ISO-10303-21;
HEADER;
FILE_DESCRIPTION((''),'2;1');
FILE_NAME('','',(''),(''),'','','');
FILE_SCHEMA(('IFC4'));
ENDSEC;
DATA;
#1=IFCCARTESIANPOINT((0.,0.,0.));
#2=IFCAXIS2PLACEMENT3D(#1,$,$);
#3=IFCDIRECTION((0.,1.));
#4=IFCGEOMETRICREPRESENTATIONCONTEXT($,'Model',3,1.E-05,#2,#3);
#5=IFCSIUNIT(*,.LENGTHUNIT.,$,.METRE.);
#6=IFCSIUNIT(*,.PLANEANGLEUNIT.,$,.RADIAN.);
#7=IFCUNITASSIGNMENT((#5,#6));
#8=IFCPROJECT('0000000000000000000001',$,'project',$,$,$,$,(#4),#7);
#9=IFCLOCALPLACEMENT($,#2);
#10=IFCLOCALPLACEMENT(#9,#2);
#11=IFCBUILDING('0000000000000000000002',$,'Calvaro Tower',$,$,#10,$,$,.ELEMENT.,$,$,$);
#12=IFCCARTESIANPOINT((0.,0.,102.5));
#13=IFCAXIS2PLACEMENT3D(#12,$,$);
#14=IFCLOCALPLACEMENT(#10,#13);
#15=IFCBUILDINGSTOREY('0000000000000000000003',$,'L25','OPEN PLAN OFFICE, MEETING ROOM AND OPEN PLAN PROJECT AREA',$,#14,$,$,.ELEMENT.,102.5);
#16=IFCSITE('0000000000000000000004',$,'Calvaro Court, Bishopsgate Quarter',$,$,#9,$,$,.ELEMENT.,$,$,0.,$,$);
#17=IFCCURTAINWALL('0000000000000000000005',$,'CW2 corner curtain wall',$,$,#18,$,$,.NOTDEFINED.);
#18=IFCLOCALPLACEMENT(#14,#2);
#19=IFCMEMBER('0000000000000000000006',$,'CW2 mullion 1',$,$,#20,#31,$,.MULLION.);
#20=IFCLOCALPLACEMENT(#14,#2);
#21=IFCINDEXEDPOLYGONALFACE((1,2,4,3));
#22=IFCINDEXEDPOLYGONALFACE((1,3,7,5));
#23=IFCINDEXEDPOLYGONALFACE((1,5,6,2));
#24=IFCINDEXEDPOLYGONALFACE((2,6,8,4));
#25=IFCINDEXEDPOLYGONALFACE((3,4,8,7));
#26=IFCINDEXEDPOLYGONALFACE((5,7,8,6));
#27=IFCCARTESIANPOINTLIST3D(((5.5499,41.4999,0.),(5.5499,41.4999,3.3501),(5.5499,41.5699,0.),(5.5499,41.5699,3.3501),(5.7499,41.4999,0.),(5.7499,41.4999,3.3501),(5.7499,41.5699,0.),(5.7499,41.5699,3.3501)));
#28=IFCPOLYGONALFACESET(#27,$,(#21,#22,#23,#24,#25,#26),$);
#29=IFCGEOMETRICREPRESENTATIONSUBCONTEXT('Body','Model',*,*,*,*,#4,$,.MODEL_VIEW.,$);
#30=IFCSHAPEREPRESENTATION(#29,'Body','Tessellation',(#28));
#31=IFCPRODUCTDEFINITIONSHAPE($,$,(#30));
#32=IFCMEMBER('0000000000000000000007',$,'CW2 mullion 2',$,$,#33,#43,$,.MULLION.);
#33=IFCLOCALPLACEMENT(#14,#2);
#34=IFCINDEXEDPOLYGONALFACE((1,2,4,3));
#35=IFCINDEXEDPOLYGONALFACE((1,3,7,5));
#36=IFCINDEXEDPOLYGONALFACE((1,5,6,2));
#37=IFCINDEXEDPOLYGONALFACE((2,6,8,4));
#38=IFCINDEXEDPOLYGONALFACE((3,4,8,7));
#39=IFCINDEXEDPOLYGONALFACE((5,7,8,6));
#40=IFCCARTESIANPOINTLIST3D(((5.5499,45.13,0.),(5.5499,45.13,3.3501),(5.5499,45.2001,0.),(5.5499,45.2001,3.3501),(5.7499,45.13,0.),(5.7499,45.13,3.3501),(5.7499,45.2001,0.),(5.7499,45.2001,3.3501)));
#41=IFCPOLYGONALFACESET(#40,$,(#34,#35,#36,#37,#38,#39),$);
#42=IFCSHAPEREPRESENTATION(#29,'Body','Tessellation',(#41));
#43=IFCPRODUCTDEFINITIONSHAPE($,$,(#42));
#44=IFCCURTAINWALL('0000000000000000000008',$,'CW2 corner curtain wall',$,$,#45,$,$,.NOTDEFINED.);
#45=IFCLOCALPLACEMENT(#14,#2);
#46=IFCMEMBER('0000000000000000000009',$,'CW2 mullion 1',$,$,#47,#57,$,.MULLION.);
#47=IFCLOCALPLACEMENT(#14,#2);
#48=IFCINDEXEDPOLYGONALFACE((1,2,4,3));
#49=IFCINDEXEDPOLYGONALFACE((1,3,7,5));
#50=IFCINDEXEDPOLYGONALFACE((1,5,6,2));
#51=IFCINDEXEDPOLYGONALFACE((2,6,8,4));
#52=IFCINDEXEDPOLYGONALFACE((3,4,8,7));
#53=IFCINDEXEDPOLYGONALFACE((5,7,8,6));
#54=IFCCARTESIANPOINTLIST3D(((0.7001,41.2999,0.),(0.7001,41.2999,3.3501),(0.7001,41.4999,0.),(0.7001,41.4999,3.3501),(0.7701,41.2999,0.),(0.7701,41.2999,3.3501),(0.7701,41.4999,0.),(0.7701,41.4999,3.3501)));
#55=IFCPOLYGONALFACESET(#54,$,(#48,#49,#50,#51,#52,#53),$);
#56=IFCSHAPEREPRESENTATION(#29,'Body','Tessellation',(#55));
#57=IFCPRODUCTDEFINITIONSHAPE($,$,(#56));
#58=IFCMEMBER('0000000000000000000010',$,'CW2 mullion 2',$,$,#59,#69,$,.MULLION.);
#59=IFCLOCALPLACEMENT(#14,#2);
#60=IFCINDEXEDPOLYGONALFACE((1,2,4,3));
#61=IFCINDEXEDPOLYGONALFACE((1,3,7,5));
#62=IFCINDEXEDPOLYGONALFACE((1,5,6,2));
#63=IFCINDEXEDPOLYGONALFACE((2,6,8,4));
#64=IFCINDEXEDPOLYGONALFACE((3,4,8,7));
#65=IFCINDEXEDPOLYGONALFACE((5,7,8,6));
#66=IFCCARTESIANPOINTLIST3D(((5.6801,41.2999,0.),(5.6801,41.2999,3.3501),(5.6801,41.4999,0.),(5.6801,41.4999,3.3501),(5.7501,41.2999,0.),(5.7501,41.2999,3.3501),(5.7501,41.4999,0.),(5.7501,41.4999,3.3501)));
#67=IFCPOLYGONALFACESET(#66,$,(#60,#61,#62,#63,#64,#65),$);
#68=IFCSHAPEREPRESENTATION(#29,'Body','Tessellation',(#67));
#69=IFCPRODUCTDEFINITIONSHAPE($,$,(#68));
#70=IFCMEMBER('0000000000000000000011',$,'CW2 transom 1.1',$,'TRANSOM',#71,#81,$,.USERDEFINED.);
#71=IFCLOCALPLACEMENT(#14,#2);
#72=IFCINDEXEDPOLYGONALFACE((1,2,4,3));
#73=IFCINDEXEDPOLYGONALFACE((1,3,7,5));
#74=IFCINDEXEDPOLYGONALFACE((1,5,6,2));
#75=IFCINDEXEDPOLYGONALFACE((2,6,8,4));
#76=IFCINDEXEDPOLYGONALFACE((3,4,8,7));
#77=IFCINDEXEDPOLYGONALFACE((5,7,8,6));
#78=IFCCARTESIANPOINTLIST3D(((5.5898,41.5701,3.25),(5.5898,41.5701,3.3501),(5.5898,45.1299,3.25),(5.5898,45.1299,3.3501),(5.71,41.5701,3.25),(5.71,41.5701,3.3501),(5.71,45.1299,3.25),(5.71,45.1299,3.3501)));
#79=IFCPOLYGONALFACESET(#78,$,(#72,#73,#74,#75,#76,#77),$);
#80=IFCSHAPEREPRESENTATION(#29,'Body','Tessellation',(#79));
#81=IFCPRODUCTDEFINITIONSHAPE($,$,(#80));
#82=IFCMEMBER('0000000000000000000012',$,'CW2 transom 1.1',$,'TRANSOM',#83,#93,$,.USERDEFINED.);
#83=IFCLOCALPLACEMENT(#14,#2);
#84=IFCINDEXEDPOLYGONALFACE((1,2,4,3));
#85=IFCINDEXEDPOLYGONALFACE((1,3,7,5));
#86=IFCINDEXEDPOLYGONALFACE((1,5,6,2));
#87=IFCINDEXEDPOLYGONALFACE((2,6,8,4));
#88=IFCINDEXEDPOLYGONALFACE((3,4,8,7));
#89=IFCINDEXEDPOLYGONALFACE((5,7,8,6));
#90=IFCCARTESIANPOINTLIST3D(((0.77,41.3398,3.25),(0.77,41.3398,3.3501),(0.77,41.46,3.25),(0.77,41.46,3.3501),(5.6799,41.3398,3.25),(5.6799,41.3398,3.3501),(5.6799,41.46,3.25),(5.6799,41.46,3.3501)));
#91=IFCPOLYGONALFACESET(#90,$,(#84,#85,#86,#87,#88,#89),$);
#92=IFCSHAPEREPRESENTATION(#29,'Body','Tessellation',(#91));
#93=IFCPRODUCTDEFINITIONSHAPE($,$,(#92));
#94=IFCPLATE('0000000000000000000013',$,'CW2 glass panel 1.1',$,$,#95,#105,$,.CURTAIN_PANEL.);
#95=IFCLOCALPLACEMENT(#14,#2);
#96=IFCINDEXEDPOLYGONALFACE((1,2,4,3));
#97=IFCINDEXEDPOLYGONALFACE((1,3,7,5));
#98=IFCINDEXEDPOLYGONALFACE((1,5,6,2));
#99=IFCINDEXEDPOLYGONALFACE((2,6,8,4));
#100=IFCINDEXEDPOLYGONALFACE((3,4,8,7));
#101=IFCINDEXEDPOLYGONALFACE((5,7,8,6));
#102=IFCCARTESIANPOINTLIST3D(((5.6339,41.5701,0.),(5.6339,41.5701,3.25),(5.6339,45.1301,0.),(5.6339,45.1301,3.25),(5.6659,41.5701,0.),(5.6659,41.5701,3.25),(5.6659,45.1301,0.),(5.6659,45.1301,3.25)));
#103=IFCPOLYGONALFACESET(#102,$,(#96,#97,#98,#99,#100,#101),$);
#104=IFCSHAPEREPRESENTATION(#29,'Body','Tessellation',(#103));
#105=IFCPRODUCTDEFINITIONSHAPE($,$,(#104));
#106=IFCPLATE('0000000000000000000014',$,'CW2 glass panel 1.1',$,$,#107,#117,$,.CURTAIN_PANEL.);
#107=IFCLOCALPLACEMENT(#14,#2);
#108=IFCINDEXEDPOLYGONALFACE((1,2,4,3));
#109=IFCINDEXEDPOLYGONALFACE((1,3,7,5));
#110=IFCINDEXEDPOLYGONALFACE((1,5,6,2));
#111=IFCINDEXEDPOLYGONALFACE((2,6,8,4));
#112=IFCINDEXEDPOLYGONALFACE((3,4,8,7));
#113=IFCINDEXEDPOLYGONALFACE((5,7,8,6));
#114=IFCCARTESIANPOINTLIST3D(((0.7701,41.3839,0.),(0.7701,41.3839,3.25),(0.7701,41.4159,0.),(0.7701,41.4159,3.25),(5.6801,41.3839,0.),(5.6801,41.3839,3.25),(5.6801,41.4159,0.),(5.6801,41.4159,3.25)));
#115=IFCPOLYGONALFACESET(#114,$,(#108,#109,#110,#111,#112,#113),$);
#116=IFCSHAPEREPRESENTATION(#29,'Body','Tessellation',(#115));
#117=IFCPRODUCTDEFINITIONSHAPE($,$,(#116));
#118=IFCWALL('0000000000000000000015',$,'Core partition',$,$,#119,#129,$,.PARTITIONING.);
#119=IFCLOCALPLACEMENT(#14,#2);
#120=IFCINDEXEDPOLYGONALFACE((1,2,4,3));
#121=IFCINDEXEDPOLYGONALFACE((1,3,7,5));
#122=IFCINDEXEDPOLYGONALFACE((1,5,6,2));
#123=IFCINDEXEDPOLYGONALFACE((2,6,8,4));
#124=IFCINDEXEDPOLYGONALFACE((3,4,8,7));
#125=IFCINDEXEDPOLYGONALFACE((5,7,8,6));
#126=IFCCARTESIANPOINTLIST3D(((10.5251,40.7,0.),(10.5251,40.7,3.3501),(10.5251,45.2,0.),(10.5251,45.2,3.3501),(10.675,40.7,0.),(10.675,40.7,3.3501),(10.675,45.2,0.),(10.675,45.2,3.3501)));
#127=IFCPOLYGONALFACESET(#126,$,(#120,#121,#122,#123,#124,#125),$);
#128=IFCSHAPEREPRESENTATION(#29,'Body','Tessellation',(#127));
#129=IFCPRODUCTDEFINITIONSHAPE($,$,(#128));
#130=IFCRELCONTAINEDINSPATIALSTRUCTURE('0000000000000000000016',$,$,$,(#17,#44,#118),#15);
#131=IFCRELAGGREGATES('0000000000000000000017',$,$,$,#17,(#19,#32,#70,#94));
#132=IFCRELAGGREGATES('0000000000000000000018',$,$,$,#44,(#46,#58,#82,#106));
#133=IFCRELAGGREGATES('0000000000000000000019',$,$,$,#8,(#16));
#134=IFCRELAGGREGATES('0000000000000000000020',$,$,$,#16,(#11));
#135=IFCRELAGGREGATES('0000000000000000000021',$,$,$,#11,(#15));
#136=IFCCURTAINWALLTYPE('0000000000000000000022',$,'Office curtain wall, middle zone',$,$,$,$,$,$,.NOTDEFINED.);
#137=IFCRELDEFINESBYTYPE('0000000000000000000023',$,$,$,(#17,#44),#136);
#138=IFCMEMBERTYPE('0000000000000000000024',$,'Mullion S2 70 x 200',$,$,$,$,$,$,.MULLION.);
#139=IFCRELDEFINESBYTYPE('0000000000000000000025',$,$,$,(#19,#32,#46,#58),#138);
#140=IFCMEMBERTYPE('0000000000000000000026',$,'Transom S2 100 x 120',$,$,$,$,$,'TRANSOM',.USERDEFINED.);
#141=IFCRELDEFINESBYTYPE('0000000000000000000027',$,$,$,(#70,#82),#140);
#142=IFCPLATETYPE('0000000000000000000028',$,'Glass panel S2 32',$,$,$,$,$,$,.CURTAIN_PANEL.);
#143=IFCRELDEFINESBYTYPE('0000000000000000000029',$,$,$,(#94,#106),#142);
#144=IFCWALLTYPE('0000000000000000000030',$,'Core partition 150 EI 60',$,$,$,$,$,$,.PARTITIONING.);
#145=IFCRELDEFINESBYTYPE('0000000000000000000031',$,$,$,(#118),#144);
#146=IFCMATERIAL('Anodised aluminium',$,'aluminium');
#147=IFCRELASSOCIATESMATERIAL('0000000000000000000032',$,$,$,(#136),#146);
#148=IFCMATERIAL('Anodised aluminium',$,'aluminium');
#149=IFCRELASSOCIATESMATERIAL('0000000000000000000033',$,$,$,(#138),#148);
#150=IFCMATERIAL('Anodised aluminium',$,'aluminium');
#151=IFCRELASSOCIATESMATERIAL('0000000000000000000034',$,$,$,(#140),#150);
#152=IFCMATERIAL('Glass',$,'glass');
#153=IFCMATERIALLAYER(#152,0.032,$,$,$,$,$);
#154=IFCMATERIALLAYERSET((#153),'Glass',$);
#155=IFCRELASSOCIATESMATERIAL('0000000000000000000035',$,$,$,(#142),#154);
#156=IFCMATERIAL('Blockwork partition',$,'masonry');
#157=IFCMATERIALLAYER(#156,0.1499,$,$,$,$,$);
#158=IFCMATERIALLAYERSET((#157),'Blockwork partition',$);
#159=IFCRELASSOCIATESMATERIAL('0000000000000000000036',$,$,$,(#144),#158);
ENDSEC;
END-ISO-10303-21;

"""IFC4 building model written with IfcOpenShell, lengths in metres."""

from ifc_helpers import new_model, si_unit, direction, frame, frame_2d, origin, origin_2d, place, context, subcontext, project, spatial, rectangle, extrude, material, layer, layer_set, material_profile, profile_set, type_object, element, aggregate, save


model = new_model("IFC4")

# Units and contexts
model_context = context("Model", 3, precision=1e-05, world=origin(), true_north=direction((0.0, 1.0)))
body_context = subcontext(model_context, "Body", "Model", "MODEL_VIEW")
ifc_project = project(units=[si_unit("LENGTHUNIT", "METRE"), si_unit("PLANEANGLEUNIT", "RADIAN")], contexts=[model_context])

# Site, building, storey
site_placement = place(None, origin())
site = spatial("IfcSite", under=ifc_project, at=site_placement, Name="Calvaro Court, Bishopsgate Quarter", CompositionType="ELEMENT", RefElevation=0.0)
building_placement = place(site_placement, origin())
building = spatial("IfcBuilding", under=site, at=building_placement, Name="Calvaro Tower", CompositionType="ELEMENT")
storey_placement = place(building_placement, frame((0.0, 0.0, 102.5)))
storey = spatial("IfcBuildingStorey", under=building, at=storey_placement, Name="L25", Description="OPEN PLAN OFFICE, MEETING ROOM AND OPEN PLAN PROJECT AREA", CompositionType="ELEMENT", Elevation=102.5)

# Curtain walls, members
ifc_material_1 = material(Name="Anodised aluminium", Category="aluminium")
curtain_wall_type = type_object("IfcCurtainWallType", Name="Office curtain wall, middle zone", PredefinedType="NOTDEFINED", material=ifc_material_1)
curtain_wall_1_placement = place(storey_placement, origin())
curtain_wall_1 = element("IfcCurtainWall", 1, at=curtain_wall_1_placement, inside=storey, type_object=curtain_wall_type, Name="CW2 corner curtain wall", PredefinedType="NOTDEFINED")
ifc_material_2 = material(Name="Anodised aluminium", Category="aluminium")
ifc_material_profile_1 = material_profile(ifc_material_2, rectangle(XDim=0.2, YDim=0.0701, at=origin_2d()), Name="Mullion S2 70 x 200")
ifc_profile_set_1 = profile_set([ifc_material_profile_1], Name="Anodised aluminium")
member_type_1 = type_object("IfcMemberType", Name="Mullion S2 70 x 200", PredefinedType="MULLION", material=ifc_profile_set_1)
member_1_placement = place(storey_placement, frame((5.6499, 41.5349, 0.0), z_axis=(0.0, 0.0, 1.0), x_axis=(-1.0, 0.0, 0.0)))
member_1 = element("IfcMember", 2, at=member_1_placement, type_object=member_type_1, Name="CW2 mullion 1", PredefinedType="MULLION", context=body_context, shape_type="SweptSolid", body=[
    extrude(rectangle(XDim=0.2, YDim=0.0701, at=origin_2d()), origin(), (0.0, 0.0, 1.0), 3.3501),
])
member_2_placement = place(storey_placement, frame((5.6499, 45.165, 0.0), z_axis=(0.0, 0.0, 1.0), x_axis=(-1.0, 0.0, 0.0)))
member_2 = element("IfcMember", 3, at=member_2_placement, type_object=member_type_1, Name="CW2 mullion 2", PredefinedType="MULLION", context=body_context, shape_type="SweptSolid", body=[
    extrude(rectangle(XDim=0.2, YDim=0.0701, at=origin_2d()), origin(), (0.0, 0.0, 1.0), 3.3501),
])
curtain_wall_2_placement = place(storey_placement, origin())
curtain_wall_2 = element("IfcCurtainWall", 4, at=curtain_wall_2_placement, inside=storey, type_object=curtain_wall_type, Name="CW2 corner curtain wall", PredefinedType="NOTDEFINED")
member_3_placement = place(storey_placement, frame((0.7351, 41.3999, 0.0), z_axis=(0.0, 0.0, 1.0), x_axis=(0.0, 1.0, 0.0)))
member_3 = element("IfcMember", 5, at=member_3_placement, type_object=member_type_1, Name="CW2 mullion 1", PredefinedType="MULLION", context=body_context, shape_type="SweptSolid", body=[
    extrude(rectangle(XDim=0.2, YDim=0.0701, at=origin_2d()), origin(), (0.0, 0.0, 1.0), 3.3501),
])
member_4_placement = place(storey_placement, frame((5.7151, 41.3999, 0.0), z_axis=(0.0, 0.0, 1.0), x_axis=(0.0, 1.0, 0.0)))
member_4 = element("IfcMember", 6, at=member_4_placement, type_object=member_type_1, Name="CW2 mullion 2", PredefinedType="MULLION", context=body_context, shape_type="SweptSolid", body=[
    extrude(rectangle(XDim=0.2, YDim=0.0701, at=origin_2d()), origin(), (0.0, 0.0, 1.0), 3.3501),
])

# Members
ifc_material_3 = material(Name="Anodised aluminium", Category="aluminium")
ifc_material_profile_2 = material_profile(ifc_material_3, rectangle(XDim=0.1201, YDim=0.1001, at=origin_2d()), Name="Transom S2 100 x 120")
ifc_profile_set_2 = profile_set([ifc_material_profile_2], Name="Anodised aluminium")
member_type_2 = type_object("IfcMemberType", Name="Transom S2 100 x 120", ElementType="TRANSOM", PredefinedType="USERDEFINED", material=ifc_profile_set_2)
member_5_placement = place(storey_placement, frame((5.6499, 41.5701, 3.3), z_axis=(0.0, 1.0, 0.0), x_axis=(-1.0, 0.0, 0.0)))
member_5 = element("IfcMember", 7, at=member_5_placement, type_object=member_type_2, Name="CW2 transom 1.1", ObjectType="TRANSOM", PredefinedType="USERDEFINED", context=body_context, shape_type="SweptSolid", body=[
    extrude(rectangle(XDim=0.1201, YDim=0.1001, at=origin_2d()), origin(), (0.0, 0.0, 1.0), 3.5598),
])
member_6_placement = place(storey_placement, frame((0.77, 41.3999, 3.3), z_axis=(1.0, 0.0, 0.0), x_axis=(0.0, 1.0, 0.0)))
member_6 = element("IfcMember", 8, at=member_6_placement, type_object=member_type_2, Name="CW2 transom 1.1", ObjectType="TRANSOM", PredefinedType="USERDEFINED", context=body_context, shape_type="SweptSolid", body=[
    extrude(rectangle(XDim=0.1201, YDim=0.1001, at=origin_2d()), origin(), (0.0, 0.0, 1.0), 4.9099),
])

# Plates
ifc_material_4 = material(Name="Glass", Category="glass")
ifc_layer_1 = layer(ifc_material_4, 0.032)
ifc_layer_set_1 = layer_set([ifc_layer_1], Name="Glass")
plate_type = type_object("IfcPlateType", Name="Glass panel S2 32", PredefinedType="CURTAIN_PANEL", material=ifc_layer_set_1)
plate_1_placement = place(storey_placement, frame((5.6499, 43.3501, 0.0), z_axis=(0.0, 0.0, 1.0), x_axis=(0.0, 1.0, 0.0)))
plate_1 = element("IfcPlate", 9, at=plate_1_placement, type_object=plate_type, Name="CW2 glass panel 1.1", PredefinedType="CURTAIN_PANEL", context=body_context, shape_type="SweptSolid", body=[
    extrude(rectangle(XDim=3.5601, YDim=0.032, at=origin_2d()), origin(), (0.0, 0.0, 1.0), 3.25),
])
aggregate(curtain_wall_1, [member_1, member_2, member_5, plate_1])
plate_2_placement = place(storey_placement, frame((3.2251, 41.3999, 0.0), z_axis=(0.0, 0.0, 1.0), x_axis=(1.0, 0.0, 0.0)))
plate_2 = element("IfcPlate", 10, at=plate_2_placement, type_object=plate_type, Name="CW2 glass panel 1.1", PredefinedType="CURTAIN_PANEL", context=body_context, shape_type="SweptSolid", body=[
    extrude(rectangle(XDim=4.9099, YDim=0.032, at=origin_2d()), origin(), (0.0, 0.0, 1.0), 3.25),
])
aggregate(curtain_wall_2, [member_3, member_4, member_6, plate_2])

# Wall
ifc_material_5 = material(Name="Blockwork partition", Category="masonry")
ifc_layer_2 = layer(ifc_material_5, 0.1499)
ifc_layer_set_2 = layer_set([ifc_layer_2], Name="Blockwork partition")
wall_type_1 = type_object("IfcWallType", Name="Core partition 150 EI 60", PredefinedType="PARTITIONING", material=ifc_layer_set_2)
wall_1_placement = place(storey_placement, frame((10.6001, 40.7, 0.0), z_axis=(0.0, 0.0, 1.0), x_axis=(0.0, 1.0, 0.0)))
element("IfcWall", 11, at=wall_1_placement, inside=storey, type_object=wall_type_1, Name="Core partition", PredefinedType="PARTITIONING", context=body_context, shape_type="SweptSolid", body=[
    extrude(rectangle(XDim=4.5, YDim=0.1499, at=frame_2d((2.25, 0.0))), origin(), (0.0, 0.0, 1.0), 3.3501),
])

save(model, "model.ifc")
